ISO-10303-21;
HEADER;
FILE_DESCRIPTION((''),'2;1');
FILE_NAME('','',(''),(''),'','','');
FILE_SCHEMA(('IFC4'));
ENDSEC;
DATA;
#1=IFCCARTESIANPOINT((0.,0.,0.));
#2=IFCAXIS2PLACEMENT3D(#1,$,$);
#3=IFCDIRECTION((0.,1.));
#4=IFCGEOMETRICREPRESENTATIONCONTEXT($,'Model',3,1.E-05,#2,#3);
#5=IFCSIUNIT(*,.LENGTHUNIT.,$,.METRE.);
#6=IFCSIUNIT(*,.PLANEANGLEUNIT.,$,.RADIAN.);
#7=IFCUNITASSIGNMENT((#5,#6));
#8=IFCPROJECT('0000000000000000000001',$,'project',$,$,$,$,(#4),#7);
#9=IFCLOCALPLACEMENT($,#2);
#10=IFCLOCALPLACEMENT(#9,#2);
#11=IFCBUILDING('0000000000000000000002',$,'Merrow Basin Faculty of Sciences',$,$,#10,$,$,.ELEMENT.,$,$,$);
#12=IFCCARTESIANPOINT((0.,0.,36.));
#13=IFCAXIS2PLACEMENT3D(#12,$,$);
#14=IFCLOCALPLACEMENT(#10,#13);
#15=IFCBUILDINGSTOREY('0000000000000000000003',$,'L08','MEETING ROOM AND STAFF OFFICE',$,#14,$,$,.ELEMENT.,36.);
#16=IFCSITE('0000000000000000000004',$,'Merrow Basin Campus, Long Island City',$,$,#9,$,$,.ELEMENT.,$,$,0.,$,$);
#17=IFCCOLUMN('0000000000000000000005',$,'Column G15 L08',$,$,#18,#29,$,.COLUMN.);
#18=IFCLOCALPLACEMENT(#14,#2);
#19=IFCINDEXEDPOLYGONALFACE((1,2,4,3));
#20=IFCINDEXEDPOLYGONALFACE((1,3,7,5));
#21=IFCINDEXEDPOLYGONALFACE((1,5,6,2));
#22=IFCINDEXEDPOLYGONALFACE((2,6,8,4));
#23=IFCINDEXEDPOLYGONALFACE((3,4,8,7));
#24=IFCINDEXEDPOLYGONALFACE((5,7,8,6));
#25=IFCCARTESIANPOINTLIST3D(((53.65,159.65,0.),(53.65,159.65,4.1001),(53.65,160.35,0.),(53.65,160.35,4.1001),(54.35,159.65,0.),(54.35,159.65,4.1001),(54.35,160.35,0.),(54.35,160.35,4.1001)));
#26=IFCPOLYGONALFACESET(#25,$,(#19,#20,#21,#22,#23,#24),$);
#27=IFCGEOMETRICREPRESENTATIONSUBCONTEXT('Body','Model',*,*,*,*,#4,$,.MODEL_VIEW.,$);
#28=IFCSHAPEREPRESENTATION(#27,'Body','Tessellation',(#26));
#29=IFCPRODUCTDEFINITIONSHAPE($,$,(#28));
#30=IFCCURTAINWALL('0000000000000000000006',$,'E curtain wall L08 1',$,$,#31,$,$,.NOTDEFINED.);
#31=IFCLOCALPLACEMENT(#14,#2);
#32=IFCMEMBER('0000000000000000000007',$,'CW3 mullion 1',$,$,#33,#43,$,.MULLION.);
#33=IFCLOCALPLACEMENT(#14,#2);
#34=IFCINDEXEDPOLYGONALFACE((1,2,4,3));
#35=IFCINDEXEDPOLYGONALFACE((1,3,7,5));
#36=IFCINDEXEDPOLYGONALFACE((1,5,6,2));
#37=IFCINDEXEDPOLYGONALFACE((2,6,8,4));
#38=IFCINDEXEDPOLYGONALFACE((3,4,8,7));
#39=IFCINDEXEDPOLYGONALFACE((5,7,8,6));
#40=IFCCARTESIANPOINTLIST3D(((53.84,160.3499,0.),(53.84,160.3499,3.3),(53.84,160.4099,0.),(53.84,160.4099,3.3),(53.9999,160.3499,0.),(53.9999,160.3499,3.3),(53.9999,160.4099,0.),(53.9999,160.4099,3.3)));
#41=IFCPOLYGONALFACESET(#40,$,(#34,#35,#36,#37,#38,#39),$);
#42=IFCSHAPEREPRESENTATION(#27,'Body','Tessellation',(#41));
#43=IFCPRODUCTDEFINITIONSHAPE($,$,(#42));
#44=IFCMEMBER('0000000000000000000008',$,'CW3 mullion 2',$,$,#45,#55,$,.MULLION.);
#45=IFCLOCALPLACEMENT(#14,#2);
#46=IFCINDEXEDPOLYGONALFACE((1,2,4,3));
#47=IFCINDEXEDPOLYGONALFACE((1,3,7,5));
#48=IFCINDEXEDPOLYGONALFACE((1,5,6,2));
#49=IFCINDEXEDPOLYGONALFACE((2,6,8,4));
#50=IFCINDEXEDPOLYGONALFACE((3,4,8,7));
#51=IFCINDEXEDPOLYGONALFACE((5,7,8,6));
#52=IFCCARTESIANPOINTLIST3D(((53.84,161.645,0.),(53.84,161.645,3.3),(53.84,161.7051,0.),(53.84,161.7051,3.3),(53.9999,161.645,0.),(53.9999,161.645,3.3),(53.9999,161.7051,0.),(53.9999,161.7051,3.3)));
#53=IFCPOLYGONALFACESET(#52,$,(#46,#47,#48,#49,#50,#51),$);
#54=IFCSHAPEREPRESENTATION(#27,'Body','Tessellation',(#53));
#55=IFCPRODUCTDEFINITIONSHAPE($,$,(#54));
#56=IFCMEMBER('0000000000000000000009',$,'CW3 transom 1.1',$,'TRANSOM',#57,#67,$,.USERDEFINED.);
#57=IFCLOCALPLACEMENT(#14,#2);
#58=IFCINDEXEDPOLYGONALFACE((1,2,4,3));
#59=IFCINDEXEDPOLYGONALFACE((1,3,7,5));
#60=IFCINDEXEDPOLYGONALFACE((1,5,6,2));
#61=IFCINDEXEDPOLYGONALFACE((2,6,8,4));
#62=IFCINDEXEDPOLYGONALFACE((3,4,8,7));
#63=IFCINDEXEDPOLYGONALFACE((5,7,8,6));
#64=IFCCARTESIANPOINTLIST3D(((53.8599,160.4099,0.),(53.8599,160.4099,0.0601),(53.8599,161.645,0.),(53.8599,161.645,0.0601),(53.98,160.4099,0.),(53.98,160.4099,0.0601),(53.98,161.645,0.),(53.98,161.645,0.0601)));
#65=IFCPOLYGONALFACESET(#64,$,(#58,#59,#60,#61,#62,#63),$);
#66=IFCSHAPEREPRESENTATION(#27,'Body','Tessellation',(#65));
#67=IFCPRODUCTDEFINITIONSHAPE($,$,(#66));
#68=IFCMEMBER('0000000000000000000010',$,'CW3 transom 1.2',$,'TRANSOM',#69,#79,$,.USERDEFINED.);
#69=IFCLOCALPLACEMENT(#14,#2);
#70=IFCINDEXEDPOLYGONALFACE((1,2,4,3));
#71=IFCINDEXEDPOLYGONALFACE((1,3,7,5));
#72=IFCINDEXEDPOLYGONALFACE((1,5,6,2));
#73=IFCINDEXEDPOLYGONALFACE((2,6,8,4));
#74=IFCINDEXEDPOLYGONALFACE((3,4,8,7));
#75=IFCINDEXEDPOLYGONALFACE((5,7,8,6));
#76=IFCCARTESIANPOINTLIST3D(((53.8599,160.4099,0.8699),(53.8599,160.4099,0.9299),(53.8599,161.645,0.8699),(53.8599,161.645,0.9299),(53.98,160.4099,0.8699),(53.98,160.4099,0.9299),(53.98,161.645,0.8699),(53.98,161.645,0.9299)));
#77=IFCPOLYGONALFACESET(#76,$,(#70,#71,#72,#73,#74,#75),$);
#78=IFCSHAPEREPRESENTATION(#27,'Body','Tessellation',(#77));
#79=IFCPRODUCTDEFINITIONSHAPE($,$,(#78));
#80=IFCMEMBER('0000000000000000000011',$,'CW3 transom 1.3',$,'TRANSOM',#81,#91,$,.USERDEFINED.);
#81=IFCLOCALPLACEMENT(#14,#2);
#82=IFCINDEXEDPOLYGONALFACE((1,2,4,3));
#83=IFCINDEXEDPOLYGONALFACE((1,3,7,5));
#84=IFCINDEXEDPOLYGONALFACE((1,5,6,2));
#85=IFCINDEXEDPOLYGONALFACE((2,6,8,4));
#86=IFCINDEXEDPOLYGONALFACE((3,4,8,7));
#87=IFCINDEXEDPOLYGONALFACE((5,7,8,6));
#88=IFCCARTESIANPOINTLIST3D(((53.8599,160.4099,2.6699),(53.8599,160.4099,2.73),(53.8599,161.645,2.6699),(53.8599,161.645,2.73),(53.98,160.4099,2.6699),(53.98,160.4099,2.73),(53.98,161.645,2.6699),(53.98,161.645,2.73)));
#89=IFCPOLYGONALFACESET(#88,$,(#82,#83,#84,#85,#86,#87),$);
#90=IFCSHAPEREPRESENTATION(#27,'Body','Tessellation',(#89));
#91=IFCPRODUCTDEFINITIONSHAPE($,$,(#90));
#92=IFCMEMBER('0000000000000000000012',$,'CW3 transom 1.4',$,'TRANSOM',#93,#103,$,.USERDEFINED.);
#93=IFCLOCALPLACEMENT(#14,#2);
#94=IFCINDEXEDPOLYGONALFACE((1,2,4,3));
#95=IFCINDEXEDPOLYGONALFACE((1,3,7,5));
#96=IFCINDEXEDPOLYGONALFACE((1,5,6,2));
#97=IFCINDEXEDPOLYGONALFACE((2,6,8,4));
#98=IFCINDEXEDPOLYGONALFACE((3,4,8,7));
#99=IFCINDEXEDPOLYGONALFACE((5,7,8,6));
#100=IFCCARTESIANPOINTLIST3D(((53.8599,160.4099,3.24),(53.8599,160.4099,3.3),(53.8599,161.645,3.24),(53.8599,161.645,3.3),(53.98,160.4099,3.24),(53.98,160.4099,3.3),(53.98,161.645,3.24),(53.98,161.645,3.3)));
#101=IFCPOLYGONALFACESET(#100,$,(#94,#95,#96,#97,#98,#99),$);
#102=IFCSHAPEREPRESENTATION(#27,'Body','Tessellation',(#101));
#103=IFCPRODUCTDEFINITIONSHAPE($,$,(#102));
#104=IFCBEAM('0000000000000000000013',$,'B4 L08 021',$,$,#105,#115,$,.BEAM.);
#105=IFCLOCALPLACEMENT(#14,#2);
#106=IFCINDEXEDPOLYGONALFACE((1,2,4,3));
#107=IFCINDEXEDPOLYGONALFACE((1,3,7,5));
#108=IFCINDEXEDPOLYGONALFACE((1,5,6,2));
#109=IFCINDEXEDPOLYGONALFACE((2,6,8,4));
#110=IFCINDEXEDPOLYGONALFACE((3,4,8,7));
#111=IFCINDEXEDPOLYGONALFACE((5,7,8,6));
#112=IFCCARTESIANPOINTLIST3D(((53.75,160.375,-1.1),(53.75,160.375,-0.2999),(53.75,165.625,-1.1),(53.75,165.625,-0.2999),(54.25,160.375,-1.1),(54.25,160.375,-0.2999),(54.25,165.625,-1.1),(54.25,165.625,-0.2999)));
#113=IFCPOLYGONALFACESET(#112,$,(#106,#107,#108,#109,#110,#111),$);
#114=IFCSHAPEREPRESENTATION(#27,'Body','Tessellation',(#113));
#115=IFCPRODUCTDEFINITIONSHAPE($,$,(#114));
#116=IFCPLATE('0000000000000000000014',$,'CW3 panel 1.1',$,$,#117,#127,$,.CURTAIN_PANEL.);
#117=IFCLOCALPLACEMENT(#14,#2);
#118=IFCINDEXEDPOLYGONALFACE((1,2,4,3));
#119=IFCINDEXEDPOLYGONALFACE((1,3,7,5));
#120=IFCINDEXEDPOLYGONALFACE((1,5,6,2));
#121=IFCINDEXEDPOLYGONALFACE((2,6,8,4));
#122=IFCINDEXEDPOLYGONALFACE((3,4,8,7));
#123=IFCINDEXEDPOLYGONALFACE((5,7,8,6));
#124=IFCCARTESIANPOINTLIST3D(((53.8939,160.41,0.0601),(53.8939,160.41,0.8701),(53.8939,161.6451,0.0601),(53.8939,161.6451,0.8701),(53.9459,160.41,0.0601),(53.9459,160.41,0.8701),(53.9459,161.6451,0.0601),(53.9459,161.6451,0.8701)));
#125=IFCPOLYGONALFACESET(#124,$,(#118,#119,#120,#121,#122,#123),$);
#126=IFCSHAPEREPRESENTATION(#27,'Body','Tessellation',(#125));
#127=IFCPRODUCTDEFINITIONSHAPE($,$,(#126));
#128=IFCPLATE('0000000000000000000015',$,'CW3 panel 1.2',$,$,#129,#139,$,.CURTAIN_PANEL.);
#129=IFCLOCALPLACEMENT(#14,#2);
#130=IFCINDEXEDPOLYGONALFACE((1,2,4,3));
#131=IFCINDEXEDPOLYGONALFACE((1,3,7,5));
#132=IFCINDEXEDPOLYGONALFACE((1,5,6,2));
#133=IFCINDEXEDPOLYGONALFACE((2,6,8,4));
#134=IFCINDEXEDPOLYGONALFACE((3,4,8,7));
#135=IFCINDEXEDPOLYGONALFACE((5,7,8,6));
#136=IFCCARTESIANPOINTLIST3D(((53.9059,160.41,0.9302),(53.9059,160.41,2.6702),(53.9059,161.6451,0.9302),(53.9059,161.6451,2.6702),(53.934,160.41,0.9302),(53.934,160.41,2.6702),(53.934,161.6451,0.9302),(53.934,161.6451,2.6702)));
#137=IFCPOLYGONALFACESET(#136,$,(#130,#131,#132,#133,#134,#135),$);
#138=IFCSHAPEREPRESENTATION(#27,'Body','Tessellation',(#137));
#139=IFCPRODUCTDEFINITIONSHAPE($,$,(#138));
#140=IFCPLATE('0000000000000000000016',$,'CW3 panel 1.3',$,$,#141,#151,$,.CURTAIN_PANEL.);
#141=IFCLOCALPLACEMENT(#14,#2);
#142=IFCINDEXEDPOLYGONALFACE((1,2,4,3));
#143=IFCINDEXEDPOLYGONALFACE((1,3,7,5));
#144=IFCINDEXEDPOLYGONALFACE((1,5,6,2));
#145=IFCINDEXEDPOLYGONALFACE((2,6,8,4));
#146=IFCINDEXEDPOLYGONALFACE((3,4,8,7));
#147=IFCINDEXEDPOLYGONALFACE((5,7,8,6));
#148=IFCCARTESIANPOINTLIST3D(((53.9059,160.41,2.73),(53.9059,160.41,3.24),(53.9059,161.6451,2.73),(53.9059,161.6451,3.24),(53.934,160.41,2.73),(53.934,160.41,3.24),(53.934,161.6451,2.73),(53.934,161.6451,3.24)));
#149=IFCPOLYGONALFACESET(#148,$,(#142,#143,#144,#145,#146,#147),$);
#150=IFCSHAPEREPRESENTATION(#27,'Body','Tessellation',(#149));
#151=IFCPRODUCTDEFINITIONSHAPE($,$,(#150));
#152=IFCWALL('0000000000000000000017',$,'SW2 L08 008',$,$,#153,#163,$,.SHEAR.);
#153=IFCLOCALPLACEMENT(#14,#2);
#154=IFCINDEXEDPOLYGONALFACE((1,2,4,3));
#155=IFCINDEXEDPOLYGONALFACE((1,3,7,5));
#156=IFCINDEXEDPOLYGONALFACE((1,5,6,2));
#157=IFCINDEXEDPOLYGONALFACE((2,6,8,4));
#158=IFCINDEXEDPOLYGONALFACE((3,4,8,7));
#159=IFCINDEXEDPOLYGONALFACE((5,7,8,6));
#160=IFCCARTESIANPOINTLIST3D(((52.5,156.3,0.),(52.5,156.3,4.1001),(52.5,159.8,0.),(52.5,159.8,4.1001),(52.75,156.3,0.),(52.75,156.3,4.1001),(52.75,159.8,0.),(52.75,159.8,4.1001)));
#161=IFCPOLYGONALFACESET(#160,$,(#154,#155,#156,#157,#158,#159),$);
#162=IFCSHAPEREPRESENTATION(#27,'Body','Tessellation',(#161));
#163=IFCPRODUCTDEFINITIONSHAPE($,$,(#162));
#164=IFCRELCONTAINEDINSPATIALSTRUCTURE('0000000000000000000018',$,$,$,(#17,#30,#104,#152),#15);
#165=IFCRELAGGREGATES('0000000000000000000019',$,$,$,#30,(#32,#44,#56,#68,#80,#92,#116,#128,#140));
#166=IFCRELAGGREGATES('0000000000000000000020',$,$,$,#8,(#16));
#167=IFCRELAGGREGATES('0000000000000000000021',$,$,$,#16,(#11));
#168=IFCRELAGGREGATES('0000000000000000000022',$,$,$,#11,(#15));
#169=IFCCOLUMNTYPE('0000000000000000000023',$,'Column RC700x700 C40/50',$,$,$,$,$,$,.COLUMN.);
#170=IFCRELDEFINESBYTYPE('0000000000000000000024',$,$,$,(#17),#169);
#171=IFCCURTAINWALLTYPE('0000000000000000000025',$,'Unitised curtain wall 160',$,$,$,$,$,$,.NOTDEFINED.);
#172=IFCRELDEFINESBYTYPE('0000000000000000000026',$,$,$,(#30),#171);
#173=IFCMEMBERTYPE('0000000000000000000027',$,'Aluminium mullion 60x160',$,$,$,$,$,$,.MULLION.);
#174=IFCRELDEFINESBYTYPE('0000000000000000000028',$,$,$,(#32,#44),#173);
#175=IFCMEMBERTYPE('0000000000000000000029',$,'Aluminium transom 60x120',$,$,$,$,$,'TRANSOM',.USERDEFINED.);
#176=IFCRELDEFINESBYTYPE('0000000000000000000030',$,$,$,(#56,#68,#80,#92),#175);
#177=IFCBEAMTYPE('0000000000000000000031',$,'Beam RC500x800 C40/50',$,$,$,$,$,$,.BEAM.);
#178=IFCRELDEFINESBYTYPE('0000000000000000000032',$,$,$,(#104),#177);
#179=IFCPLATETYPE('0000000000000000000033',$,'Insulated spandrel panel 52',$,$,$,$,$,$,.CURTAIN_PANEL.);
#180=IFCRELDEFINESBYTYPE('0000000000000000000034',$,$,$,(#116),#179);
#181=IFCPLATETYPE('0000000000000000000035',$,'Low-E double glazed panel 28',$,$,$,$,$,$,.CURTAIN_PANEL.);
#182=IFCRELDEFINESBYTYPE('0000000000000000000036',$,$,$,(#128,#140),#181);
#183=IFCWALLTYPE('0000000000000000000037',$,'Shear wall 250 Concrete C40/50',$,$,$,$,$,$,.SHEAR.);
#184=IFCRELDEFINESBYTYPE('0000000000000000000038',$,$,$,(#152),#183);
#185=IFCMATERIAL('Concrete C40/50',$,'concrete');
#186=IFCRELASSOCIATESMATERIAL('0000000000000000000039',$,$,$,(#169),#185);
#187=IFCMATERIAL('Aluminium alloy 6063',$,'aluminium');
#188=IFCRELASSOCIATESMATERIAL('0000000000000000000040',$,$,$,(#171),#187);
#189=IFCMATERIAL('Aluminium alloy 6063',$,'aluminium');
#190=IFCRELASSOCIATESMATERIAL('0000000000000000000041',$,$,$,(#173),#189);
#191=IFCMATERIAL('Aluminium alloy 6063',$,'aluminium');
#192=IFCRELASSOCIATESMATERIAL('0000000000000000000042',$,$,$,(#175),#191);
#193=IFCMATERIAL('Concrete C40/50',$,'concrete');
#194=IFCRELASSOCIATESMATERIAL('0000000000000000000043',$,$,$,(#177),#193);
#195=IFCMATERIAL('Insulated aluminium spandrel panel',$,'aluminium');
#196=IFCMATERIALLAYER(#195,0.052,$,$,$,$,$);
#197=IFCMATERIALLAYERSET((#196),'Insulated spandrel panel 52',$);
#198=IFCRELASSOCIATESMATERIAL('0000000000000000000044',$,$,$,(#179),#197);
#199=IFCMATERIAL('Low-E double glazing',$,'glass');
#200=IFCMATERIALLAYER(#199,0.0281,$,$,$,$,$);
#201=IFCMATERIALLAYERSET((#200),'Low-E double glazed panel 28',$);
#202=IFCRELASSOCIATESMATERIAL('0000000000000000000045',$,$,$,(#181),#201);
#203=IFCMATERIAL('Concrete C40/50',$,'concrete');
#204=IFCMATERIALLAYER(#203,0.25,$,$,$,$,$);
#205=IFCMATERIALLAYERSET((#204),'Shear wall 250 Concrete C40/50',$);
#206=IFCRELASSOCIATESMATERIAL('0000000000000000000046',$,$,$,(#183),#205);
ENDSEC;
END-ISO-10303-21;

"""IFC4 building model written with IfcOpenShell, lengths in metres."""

from ifc_helpers import new_model, si_unit, direction, frame, frame_2d, origin, origin_2d, place, context, subcontext, project, spatial, rectangle, extrude, material, layer, layer_set, material_profile, profile_set, type_object, element, aggregate, save


model = new_model("IFC4")

# Units and contexts
model_context = context("Model", 3, precision=1e-05, world=origin(), true_north=direction((0.0, 1.0)))
body_context = subcontext(model_context, "Body", "Model", "MODEL_VIEW")
ifc_project = project(units=[si_unit("LENGTHUNIT", "METRE"), si_unit("PLANEANGLEUNIT", "RADIAN")], contexts=[model_context])

# Site, building, storey
site_placement = place(None, origin())
site = spatial("IfcSite", under=ifc_project, at=site_placement, Name="Merrow Basin Campus, Long Island City", CompositionType="ELEMENT", RefElevation=0.0)
building_placement = place(site_placement, origin())
building = spatial("IfcBuilding", under=site, at=building_placement, Name="Merrow Basin Faculty of Sciences", CompositionType="ELEMENT")
storey_placement = place(building_placement, frame((0.0, 0.0, 36.0)))
storey = spatial("IfcBuildingStorey", under=building, at=storey_placement, Name="L08", Description="MEETING ROOM AND STAFF OFFICE", CompositionType="ELEMENT", Elevation=36.0)

# Column
ifc_material_1 = material(Name="Concrete C40/50", Category="concrete")
ifc_material_profile_1 = material_profile(ifc_material_1, rectangle(XDim=0.7, YDim=0.7, at=origin_2d()))
ifc_profile_set_1 = profile_set([ifc_material_profile_1], Name="Concrete C40/50")
column_type = type_object("IfcColumnType", Name="Column RC700x700 C40/50", PredefinedType="COLUMN", material=ifc_profile_set_1)
column_placement = place(storey_placement, frame((54.0, 160.0, 0.0), z_axis=(0.0, 0.0, 1.0), x_axis=(1.0, 0.0, 0.0)))
element("IfcColumn", 1, at=column_placement, inside=storey, type_object=column_type, Name="Column G15 L08", PredefinedType="COLUMN", context=body_context, shape_type="SweptSolid", body=[
    extrude(rectangle(XDim=0.7, YDim=0.7, at=origin_2d()), origin(), (0.0, 0.0, 1.0), 4.1001),
])

# Curtain wall, members
ifc_material_2 = material(Name="Aluminium alloy 6063", Category="aluminium")
curtain_wall_type = type_object("IfcCurtainWallType", Name="Unitised curtain wall 160", PredefinedType="NOTDEFINED", material=ifc_material_2)
curtain_wall_placement = place(storey_placement, origin())
curtain_wall = element("IfcCurtainWall", 2, at=curtain_wall_placement, inside=storey, type_object=curtain_wall_type, Name="E curtain wall L08 1", PredefinedType="NOTDEFINED")
ifc_material_3 = material(Name="Aluminium alloy 6063", Category="aluminium")
ifc_material_profile_2 = material_profile(ifc_material_3, rectangle(XDim=0.1599, YDim=0.0601, at=origin_2d()))
ifc_profile_set_2 = profile_set([ifc_material_profile_2], Name="Aluminium alloy 6063")
member_type_1 = type_object("IfcMemberType", Name="Aluminium mullion 60x160", PredefinedType="MULLION", material=ifc_profile_set_2)
member_1_placement = place(storey_placement, frame((53.9199, 160.3799, 0.0), z_axis=(0.0, 0.0, 1.0), x_axis=(-1.0, 0.0, 0.0)))
member_1 = element("IfcMember", 3, at=member_1_placement, type_object=member_type_1, Name="CW3 mullion 1", PredefinedType="MULLION", context=body_context, shape_type="SweptSolid", body=[
    extrude(rectangle(XDim=0.1599, YDim=0.0601, at=origin_2d()), origin(), (0.0, 0.0, 1.0), 3.3),
])
member_2_placement = place(storey_placement, frame((53.9199, 161.675, 0.0), z_axis=(0.0, 0.0, 1.0), x_axis=(-1.0, 0.0, 0.0)))
member_2 = element("IfcMember", 4, at=member_2_placement, type_object=member_type_1, Name="CW3 mullion 2", PredefinedType="MULLION", context=body_context, shape_type="SweptSolid", body=[
    extrude(rectangle(XDim=0.1599, YDim=0.0601, at=origin_2d()), origin(), (0.0, 0.0, 1.0), 3.3),
])
ifc_material_4 = material(Name="Aluminium alloy 6063", Category="aluminium")
ifc_material_profile_3 = material_profile(ifc_material_4, rectangle(XDim=0.1201, YDim=0.0601, at=origin_2d()))
ifc_profile_set_3 = profile_set([ifc_material_profile_3], Name="Aluminium alloy 6063")
member_type_2 = type_object("IfcMemberType", Name="Aluminium transom 60x120", ElementType="TRANSOM", PredefinedType="USERDEFINED", material=ifc_profile_set_3)
member_3_placement = place(storey_placement, frame((53.9199, 160.4099, 0.03), z_axis=(0.0, 1.0, 0.0), x_axis=(-1.0, 0.0, 0.0)))
member_3 = element("IfcMember", 5, at=member_3_placement, type_object=member_type_2, Name="CW3 transom 1.1", ObjectType="TRANSOM", PredefinedType="USERDEFINED", context=body_context, shape_type="SweptSolid", body=[
    extrude(rectangle(XDim=0.1201, YDim=0.0601, at=origin_2d()), origin(), (0.0, 0.0, 1.0), 1.2351),
])
member_4_placement = place(storey_placement, frame((53.9199, 160.4099, 0.8999), z_axis=(0.0, 1.0, 0.0), x_axis=(-1.0, 0.0, 0.0)))
member_4 = element("IfcMember", 6, at=member_4_placement, type_object=member_type_2, Name="CW3 transom 1.2", ObjectType="TRANSOM", PredefinedType="USERDEFINED", context=body_context, shape_type="SweptSolid", body=[
    extrude(rectangle(XDim=0.1201, YDim=0.0601, at=origin_2d()), origin(), (0.0, 0.0, 1.0), 1.2351),
])
member_5_placement = place(storey_placement, frame((53.9199, 160.4099, 2.7), z_axis=(0.0, 1.0, 0.0), x_axis=(-1.0, 0.0, 0.0)))
member_5 = element("IfcMember", 7, at=member_5_placement, type_object=member_type_2, Name="CW3 transom 1.3", ObjectType="TRANSOM", PredefinedType="USERDEFINED", context=body_context, shape_type="SweptSolid", body=[
    extrude(rectangle(XDim=0.1201, YDim=0.0601, at=origin_2d()), origin(), (0.0, 0.0, 1.0), 1.2351),
])
member_6_placement = place(storey_placement, frame((53.9199, 160.4099, 3.27), z_axis=(0.0, 1.0, 0.0), x_axis=(-1.0, 0.0, 0.0)))
member_6 = element("IfcMember", 8, at=member_6_placement, type_object=member_type_2, Name="CW3 transom 1.4", ObjectType="TRANSOM", PredefinedType="USERDEFINED", context=body_context, shape_type="SweptSolid", body=[
    extrude(rectangle(XDim=0.1201, YDim=0.0601, at=origin_2d()), origin(), (0.0, 0.0, 1.0), 1.2351),
])

# Beam
ifc_material_5 = material(Name="Concrete C40/50", Category="concrete")
ifc_material_profile_4 = material_profile(ifc_material_5, rectangle(XDim=0.5, YDim=0.8, at=origin_2d()))
ifc_profile_set_4 = profile_set([ifc_material_profile_4], Name="Concrete C40/50")
beam_type = type_object("IfcBeamType", Name="Beam RC500x800 C40/50", PredefinedType="BEAM", material=ifc_profile_set_4)
beam_placement = place(storey_placement, frame((54.0, 160.375, -0.7), z_axis=(0.0, 1.0, 0.0), x_axis=(-1.0, 0.0, 0.0)))
element("IfcBeam", 9, at=beam_placement, inside=storey, type_object=beam_type, Name="B4 L08 021", PredefinedType="BEAM", context=body_context, shape_type="SweptSolid", body=[
    extrude(rectangle(XDim=0.5, YDim=0.8, at=origin_2d()), origin(), (0.0, 0.0, 1.0), 5.25),
])

# Plates
ifc_material_6 = material(Name="Insulated aluminium spandrel panel", Category="aluminium")
ifc_layer_1 = layer(ifc_material_6, 0.052)
ifc_layer_set_1 = layer_set([ifc_layer_1], Name="Insulated spandrel panel 52")
plate_type_1 = type_object("IfcPlateType", Name="Insulated spandrel panel 52", PredefinedType="CURTAIN_PANEL", material=ifc_layer_set_1)
plate_1_placement = place(storey_placement, frame((53.9199, 161.0276, 0.0601), z_axis=(0.0, 0.0, 1.0), x_axis=(0.0, 1.0, 0.0)))
plate_1 = element("IfcPlate", 10, at=plate_1_placement, type_object=plate_type_1, Name="CW3 panel 1.1", PredefinedType="CURTAIN_PANEL", context=body_context, shape_type="SweptSolid", body=[
    extrude(rectangle(XDim=1.2351, YDim=0.052, at=origin_2d()), origin(), (0.0, 0.0, 1.0), 0.8101),
])
ifc_material_7 = material(Name="Low-E double glazing", Category="glass")
ifc_layer_2 = layer(ifc_material_7, 0.0281)
ifc_layer_set_2 = layer_set([ifc_layer_2], Name="Low-E double glazed panel 28")
plate_type_2 = type_object("IfcPlateType", Name="Low-E double glazed panel 28", PredefinedType="CURTAIN_PANEL", material=ifc_layer_set_2)
plate_2_placement = place(storey_placement, frame((53.9199, 161.0276, 0.9302), z_axis=(0.0, 0.0, 1.0), x_axis=(0.0, 1.0, 0.0)))
plate_2 = element("IfcPlate", 11, at=plate_2_placement, type_object=plate_type_2, Name="CW3 panel 1.2", PredefinedType="CURTAIN_PANEL", context=body_context, shape_type="SweptSolid", body=[
    extrude(rectangle(XDim=1.2351, YDim=0.0281, at=origin_2d()), origin(), (0.0, 0.0, 1.0), 1.74),
])
plate_3_placement = place(storey_placement, frame((53.9199, 161.0276, 2.73), z_axis=(0.0, 0.0, 1.0), x_axis=(0.0, 1.0, 0.0)))
plate_3 = element("IfcPlate", 12, at=plate_3_placement, type_object=plate_type_2, Name="CW3 panel 1.3", PredefinedType="CURTAIN_PANEL", context=body_context, shape_type="SweptSolid", body=[
    extrude(rectangle(XDim=1.2351, YDim=0.0281, at=origin_2d()), origin(), (0.0, 0.0, 1.0), 0.51),
])
aggregate(curtain_wall, [member_1, member_2, member_3, member_4, member_5, member_6, plate_1, plate_2, plate_3])

# Wall
ifc_material_8 = material(Name="Concrete C40/50", Category="concrete")
ifc_layer_3 = layer(ifc_material_8, 0.25)
ifc_layer_set_3 = layer_set([ifc_layer_3], Name="Shear wall 250 Concrete C40/50")
wall_type = type_object("IfcWallType", Name="Shear wall 250 Concrete C40/50", PredefinedType="SHEAR", material=ifc_layer_set_3)
wall_placement = place(storey_placement, frame((52.625, 156.3, 0.0), z_axis=(0.0, 0.0, 1.0), x_axis=(0.0, 1.0, 0.0)))
element("IfcWall", 13, at=wall_placement, inside=storey, type_object=wall_type, Name="SW2 L08 008", PredefinedType="SHEAR", context=body_context, shape_type="SweptSolid", body=[
    extrude(rectangle(XDim=3.5, YDim=0.25, at=frame_2d((1.75, 0.0))), origin(), (0.0, 0.0, 1.0), 4.1001),
])

save(model, "model.ifc")
